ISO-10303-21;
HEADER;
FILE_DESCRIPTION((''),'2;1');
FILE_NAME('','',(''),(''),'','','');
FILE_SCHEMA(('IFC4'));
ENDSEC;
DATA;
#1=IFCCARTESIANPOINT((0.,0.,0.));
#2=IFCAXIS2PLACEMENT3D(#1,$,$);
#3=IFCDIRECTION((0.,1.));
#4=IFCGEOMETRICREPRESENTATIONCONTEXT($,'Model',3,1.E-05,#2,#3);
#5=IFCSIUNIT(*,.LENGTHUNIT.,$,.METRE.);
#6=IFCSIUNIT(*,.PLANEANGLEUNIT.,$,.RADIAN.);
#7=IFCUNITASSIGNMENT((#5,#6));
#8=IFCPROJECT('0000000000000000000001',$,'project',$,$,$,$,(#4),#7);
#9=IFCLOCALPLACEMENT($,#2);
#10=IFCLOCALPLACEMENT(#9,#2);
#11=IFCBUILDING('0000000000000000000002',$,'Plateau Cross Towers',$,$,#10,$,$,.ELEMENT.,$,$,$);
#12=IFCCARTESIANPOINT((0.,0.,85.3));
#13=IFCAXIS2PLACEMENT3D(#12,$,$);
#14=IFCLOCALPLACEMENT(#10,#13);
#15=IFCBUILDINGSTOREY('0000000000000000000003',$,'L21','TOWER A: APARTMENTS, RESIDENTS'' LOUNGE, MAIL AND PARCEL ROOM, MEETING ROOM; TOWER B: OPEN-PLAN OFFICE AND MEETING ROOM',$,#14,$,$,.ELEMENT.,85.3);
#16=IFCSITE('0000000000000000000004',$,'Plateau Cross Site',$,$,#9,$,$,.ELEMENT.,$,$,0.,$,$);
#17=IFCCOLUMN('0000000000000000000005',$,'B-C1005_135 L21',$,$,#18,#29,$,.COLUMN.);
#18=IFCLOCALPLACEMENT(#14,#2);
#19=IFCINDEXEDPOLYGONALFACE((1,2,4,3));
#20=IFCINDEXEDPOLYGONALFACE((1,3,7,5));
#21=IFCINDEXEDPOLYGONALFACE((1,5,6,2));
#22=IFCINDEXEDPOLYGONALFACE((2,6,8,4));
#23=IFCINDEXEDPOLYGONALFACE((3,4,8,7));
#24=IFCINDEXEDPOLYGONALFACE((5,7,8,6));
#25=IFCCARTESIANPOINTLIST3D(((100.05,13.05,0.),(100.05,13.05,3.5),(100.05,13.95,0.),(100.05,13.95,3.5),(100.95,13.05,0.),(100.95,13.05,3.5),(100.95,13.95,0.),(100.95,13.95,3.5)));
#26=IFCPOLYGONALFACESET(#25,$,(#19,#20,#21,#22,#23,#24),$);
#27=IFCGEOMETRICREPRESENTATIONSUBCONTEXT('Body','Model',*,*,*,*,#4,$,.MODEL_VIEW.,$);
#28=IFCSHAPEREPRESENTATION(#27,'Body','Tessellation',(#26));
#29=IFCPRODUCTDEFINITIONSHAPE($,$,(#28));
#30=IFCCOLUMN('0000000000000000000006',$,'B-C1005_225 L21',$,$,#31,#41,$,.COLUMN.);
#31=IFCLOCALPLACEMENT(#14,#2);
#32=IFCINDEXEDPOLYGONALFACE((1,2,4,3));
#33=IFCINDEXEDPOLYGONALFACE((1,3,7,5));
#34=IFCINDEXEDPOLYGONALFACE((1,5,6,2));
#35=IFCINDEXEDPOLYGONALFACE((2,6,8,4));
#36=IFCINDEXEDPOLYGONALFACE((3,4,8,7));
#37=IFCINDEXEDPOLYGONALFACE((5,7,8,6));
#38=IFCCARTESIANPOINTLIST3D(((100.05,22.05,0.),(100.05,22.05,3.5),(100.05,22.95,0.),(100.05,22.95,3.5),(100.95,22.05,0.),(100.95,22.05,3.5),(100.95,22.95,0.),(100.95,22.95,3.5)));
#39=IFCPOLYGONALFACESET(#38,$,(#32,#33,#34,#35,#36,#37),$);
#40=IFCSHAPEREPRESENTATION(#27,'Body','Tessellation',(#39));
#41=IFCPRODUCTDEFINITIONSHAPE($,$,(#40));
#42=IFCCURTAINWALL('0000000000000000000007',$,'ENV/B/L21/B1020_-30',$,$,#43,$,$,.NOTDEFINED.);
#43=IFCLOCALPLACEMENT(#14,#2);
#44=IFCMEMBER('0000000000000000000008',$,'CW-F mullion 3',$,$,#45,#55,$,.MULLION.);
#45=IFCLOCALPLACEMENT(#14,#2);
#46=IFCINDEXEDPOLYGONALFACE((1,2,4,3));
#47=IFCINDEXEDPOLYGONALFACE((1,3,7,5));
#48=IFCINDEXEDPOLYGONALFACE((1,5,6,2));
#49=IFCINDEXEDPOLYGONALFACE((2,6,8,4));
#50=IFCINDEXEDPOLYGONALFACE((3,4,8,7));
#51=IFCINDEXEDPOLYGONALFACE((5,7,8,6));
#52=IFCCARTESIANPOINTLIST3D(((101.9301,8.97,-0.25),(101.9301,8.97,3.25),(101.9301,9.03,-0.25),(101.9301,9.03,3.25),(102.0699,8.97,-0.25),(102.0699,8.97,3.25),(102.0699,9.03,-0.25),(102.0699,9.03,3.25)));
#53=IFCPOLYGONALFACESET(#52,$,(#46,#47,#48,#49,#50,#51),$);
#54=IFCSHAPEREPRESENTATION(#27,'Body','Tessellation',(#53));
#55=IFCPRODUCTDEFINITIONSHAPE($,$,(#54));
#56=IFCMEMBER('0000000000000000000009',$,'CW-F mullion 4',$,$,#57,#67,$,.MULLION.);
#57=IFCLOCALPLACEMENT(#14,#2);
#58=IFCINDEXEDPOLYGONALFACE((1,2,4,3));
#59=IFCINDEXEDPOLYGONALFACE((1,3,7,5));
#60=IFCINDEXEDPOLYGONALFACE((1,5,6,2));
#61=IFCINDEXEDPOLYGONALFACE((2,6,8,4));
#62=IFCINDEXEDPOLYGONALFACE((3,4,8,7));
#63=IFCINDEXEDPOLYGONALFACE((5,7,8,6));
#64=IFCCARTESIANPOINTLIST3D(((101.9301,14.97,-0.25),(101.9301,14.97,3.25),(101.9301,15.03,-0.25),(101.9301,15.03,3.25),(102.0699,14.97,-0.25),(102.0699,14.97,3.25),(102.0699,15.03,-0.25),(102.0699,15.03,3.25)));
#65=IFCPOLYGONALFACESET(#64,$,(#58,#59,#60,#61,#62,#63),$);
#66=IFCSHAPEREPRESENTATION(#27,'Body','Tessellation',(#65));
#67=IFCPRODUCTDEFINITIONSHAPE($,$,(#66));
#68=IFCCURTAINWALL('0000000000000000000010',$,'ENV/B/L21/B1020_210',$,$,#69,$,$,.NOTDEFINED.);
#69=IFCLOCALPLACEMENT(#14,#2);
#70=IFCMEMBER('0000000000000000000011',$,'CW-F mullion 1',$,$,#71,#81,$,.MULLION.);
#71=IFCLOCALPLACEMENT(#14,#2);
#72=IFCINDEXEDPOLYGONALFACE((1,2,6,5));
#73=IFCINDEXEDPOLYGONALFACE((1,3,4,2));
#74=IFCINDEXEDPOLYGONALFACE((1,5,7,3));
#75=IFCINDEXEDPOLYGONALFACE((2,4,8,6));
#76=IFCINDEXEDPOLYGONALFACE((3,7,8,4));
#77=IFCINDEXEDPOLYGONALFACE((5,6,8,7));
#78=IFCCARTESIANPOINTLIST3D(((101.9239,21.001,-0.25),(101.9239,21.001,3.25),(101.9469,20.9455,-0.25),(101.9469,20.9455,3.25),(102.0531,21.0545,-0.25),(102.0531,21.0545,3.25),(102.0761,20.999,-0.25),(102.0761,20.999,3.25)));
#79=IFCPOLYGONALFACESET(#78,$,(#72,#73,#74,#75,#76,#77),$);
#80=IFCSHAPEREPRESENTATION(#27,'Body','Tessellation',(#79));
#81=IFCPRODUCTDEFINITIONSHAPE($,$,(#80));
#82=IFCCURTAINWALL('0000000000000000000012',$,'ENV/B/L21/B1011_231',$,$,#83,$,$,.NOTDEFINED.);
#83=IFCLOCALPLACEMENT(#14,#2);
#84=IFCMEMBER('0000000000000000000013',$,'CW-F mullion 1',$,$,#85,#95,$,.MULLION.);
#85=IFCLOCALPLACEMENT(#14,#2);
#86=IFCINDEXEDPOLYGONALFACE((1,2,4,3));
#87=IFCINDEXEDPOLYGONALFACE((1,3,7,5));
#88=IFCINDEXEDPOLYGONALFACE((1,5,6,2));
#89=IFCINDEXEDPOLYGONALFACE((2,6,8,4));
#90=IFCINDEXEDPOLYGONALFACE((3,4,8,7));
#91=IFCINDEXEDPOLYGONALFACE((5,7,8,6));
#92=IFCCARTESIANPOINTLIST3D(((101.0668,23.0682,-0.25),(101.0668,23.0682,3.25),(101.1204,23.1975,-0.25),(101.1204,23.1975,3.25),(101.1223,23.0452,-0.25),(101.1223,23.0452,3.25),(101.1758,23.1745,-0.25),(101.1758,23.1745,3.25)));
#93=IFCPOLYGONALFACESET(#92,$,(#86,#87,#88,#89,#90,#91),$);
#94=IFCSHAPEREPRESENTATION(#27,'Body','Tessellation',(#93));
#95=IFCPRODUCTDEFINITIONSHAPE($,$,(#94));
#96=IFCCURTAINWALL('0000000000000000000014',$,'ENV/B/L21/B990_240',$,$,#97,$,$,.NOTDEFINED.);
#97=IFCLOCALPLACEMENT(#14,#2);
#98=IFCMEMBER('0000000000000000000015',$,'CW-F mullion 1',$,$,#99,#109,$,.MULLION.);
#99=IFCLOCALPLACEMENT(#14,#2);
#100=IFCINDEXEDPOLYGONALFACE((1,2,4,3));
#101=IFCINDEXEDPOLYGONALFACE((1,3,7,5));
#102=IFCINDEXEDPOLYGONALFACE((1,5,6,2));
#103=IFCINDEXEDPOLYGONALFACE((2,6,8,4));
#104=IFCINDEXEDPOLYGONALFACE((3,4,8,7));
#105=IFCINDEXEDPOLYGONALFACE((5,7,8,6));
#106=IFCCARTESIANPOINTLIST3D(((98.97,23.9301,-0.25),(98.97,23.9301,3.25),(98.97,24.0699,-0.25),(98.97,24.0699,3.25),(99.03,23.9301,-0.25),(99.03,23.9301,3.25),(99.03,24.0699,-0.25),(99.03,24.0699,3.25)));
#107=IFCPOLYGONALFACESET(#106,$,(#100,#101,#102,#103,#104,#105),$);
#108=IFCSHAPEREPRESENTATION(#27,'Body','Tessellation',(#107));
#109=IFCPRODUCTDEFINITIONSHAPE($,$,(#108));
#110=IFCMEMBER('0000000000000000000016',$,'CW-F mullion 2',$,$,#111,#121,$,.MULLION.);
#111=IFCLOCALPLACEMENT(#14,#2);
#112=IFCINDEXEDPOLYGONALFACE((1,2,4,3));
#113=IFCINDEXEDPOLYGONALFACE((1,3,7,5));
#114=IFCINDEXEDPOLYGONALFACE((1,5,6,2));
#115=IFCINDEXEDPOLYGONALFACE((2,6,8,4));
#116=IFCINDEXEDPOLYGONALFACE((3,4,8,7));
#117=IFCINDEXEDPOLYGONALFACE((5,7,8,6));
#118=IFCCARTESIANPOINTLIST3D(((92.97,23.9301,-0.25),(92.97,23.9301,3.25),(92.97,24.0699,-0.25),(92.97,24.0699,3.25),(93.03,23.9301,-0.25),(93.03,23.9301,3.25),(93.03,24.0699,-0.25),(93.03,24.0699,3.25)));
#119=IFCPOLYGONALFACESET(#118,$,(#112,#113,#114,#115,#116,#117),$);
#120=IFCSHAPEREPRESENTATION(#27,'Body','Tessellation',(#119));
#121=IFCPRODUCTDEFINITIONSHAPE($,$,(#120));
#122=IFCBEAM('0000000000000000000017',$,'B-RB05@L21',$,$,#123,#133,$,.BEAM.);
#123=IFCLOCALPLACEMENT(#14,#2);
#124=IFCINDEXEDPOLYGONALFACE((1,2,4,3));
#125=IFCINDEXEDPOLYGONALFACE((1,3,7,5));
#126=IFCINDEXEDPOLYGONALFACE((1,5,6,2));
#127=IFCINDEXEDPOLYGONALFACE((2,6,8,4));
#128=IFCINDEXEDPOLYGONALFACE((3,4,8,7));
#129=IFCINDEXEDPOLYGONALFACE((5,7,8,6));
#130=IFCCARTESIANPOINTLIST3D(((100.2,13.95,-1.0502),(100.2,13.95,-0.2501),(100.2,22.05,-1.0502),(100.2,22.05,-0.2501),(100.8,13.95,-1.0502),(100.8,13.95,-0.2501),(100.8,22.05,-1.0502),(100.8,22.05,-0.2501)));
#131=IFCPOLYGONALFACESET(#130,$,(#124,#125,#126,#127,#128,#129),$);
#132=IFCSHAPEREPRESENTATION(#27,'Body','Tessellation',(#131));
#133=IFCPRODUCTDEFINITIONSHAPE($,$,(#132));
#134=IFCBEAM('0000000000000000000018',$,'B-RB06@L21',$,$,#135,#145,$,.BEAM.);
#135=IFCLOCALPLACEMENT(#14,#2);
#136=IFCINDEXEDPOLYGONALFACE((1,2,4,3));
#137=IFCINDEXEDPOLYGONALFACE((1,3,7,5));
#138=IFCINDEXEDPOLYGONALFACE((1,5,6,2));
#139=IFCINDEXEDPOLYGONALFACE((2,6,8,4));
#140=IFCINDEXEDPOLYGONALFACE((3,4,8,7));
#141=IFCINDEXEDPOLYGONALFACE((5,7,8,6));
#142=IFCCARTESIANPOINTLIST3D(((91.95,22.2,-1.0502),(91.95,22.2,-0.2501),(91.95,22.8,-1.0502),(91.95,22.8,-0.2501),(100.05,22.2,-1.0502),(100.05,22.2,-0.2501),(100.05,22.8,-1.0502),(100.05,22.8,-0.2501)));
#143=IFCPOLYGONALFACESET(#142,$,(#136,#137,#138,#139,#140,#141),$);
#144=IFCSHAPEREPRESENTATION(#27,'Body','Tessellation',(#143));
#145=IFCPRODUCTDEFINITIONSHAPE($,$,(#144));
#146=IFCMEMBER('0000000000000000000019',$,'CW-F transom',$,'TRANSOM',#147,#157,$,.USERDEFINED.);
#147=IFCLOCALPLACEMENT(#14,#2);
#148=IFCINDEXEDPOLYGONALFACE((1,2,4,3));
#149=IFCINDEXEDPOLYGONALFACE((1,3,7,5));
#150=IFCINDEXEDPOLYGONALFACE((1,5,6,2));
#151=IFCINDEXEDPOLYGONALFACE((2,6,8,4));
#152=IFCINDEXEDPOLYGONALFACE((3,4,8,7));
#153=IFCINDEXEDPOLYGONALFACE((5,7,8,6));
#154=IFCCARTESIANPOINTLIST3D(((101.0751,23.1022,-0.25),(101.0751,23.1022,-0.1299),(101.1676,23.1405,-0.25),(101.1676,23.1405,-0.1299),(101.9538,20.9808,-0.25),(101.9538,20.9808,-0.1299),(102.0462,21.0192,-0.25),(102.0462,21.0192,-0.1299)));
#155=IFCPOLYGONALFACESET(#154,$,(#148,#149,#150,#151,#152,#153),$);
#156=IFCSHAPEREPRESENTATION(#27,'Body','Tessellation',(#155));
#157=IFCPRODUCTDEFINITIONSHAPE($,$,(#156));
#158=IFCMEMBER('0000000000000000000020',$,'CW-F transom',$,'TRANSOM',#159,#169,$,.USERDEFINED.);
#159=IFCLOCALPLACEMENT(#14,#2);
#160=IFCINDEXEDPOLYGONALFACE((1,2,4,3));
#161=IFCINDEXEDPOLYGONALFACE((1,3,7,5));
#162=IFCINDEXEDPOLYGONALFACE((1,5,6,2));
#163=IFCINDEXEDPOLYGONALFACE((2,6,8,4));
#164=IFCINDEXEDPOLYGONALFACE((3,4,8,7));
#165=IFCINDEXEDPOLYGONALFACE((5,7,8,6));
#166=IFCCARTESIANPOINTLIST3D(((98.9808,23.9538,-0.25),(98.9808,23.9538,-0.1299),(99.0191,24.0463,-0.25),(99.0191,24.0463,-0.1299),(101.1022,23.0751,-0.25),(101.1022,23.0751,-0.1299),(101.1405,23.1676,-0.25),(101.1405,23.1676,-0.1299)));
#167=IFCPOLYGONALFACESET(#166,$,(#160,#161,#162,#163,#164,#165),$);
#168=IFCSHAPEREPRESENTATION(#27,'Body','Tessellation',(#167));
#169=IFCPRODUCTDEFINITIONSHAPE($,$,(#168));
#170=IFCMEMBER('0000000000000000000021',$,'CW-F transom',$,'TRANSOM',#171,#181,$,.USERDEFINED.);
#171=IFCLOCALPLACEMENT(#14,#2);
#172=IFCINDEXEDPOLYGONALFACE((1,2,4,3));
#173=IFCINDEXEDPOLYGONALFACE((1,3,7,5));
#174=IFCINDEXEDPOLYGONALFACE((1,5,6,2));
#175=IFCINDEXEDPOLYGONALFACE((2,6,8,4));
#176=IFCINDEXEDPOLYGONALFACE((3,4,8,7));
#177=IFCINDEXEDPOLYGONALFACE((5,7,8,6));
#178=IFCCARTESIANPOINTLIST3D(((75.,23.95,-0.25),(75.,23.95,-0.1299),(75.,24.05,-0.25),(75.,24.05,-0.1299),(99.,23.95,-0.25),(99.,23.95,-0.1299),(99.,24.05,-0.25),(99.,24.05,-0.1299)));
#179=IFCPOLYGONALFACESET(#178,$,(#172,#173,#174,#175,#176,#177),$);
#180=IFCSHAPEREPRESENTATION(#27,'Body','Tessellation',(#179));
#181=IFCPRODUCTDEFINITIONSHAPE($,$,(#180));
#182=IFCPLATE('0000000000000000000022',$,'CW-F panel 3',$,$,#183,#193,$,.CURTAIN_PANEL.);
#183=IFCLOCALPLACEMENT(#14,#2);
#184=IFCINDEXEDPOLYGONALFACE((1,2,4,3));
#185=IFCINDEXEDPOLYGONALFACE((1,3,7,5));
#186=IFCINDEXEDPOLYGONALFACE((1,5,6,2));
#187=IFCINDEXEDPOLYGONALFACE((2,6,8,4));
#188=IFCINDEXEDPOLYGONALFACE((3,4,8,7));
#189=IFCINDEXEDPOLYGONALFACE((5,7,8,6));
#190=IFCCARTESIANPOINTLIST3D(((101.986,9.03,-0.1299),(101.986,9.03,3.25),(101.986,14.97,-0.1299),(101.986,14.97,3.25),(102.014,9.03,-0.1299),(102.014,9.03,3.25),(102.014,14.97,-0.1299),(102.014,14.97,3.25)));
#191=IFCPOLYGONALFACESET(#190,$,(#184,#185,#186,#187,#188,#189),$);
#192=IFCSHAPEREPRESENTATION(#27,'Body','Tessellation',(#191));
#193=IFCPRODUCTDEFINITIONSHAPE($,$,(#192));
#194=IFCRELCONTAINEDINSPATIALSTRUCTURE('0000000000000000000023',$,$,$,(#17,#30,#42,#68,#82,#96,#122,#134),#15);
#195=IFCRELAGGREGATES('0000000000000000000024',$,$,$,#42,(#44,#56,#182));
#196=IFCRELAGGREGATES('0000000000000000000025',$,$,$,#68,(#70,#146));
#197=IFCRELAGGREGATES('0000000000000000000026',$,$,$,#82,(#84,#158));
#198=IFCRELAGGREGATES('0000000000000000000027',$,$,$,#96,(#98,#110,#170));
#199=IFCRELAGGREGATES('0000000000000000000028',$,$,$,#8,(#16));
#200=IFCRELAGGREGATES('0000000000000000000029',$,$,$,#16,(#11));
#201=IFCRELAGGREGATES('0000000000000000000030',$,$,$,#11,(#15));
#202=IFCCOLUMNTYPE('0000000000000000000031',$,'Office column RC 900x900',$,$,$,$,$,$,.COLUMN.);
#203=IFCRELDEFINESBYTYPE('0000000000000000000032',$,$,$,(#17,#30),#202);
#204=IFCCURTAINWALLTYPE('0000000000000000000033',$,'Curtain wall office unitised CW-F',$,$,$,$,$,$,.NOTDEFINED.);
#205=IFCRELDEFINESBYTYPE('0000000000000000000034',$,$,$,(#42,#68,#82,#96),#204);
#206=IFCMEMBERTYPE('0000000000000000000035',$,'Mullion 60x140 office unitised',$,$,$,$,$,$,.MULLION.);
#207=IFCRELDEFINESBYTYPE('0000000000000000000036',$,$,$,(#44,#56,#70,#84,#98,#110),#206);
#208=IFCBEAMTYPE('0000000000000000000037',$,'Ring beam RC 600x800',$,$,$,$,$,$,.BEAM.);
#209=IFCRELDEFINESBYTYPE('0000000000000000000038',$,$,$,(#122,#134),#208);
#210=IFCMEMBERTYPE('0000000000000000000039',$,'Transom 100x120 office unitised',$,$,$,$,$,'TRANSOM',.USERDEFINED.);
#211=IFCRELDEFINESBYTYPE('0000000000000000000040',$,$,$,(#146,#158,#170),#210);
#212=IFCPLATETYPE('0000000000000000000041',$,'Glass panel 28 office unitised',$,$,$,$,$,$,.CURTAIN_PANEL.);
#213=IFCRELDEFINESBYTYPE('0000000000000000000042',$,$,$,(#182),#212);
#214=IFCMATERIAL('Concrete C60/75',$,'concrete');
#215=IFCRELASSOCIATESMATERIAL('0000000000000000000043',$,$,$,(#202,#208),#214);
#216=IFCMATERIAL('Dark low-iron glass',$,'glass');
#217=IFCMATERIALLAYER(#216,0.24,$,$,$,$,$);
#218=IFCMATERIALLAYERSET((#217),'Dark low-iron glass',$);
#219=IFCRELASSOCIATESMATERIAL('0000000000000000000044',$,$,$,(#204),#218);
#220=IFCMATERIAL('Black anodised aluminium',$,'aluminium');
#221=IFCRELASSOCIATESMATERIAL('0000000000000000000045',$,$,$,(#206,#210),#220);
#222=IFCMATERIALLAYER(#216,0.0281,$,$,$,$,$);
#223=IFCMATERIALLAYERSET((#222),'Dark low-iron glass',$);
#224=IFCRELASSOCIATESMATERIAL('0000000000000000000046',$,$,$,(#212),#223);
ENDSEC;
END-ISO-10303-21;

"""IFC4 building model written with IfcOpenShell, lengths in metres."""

from ifc_helpers import new_model, si_unit, direction, frame, origin, origin_2d, place, context, subcontext, project, spatial, rectangle, extrude, material, layer, layer_set, material_profile, profile_set, type_object, element, aggregate, save


model = new_model("IFC4")

# Units and contexts
model_context = context("Model", 3, precision=1e-05, world=origin(), true_north=direction((0.0, 1.0)))
body_context = subcontext(model_context, "Body", "Model", "MODEL_VIEW")
ifc_project = project(units=[si_unit("LENGTHUNIT", "METRE"), si_unit("PLANEANGLEUNIT", "RADIAN")], contexts=[model_context])

# Site, building, storey
site_placement = place(None, origin())
site = spatial("IfcSite", under=ifc_project, at=site_placement, Name="Plateau Cross Site", CompositionType="ELEMENT", RefElevation=0.0)
building_placement = place(site_placement, origin())
building = spatial("IfcBuilding", under=site, at=building_placement, Name="Plateau Cross Towers", CompositionType="ELEMENT")
storey_placement = place(building_placement, frame((0.0, 0.0, 85.3)))
storey = spatial("IfcBuildingStorey", under=building, at=storey_placement, Name="L21", Description="TOWER A: APARTMENTS, RESIDENTS' LOUNGE, MAIL AND PARCEL ROOM, MEETING ROOM; TOWER B: OPEN-PLAN OFFICE AND MEETING ROOM", CompositionType="ELEMENT", Elevation=85.3)

# Columns
ifc_material_1 = material(Name="Concrete C60/75", Category="concrete")
ifc_material_profile_1 = material_profile(ifc_material_1, rectangle(XDim=0.8999, YDim=0.8999, at=origin_2d()), Name="RC 900x900")
ifc_profile_set_1 = profile_set([ifc_material_profile_1], Name="Concrete C60/75")
column_type = type_object("IfcColumnType", Name="Office column RC 900x900", PredefinedType="COLUMN", material=ifc_profile_set_1)
for number, where, z_axis, x_axis, name in (
    (1, (100.5, 13.5, 0.0), (0.0, 0.0, 1.0), (1.0, 0.0, 0.0), "B-C1005_135 L21"),
    (2, (100.5, 22.5, 0.0), (0.0, 0.0, 1.0), (1.0, 0.0, 0.0), "B-C1005_225 L21"),
):
    element("IfcColumn", number, at=place(storey_placement, frame(where, z_axis=z_axis, x_axis=x_axis)), inside=storey, type_object=column_type, Name=name, PredefinedType="COLUMN", context=body_context, shape_type="SweptSolid", body=[
        extrude(rectangle(XDim=0.8999, YDim=0.8999, at=origin_2d()), origin(), (0.0, 0.0, 1.0), 3.5),
    ])

# Curtain wall, members
ifc_material_2 = material(Name="Dark low-iron glass", Category="glass")
ifc_layer_1 = layer(ifc_material_2, 0.24)
ifc_layer_set_1 = layer_set([ifc_layer_1], Name="Dark low-iron glass")
curtain_wall_type = type_object("IfcCurtainWallType", Name="Curtain wall office unitised CW-F", PredefinedType="NOTDEFINED", material=ifc_layer_set_1)
curtain_wall_1_placement = place(storey_placement, origin())
curtain_wall_1 = element("IfcCurtainWall", 3, at=curtain_wall_1_placement, inside=storey, type_object=curtain_wall_type, Name="ENV/B/L21/B1020_-30", PredefinedType="NOTDEFINED")
ifc_material_3 = material(Name="Black anodised aluminium", Category="aluminium")
ifc_material_profile_2 = material_profile(ifc_material_3, rectangle(XDim=0.0601, YDim=0.1399, at=origin_2d()), Name="MULLION 60x140")
ifc_profile_set_2 = profile_set([ifc_material_profile_2], Name="Black anodised aluminium")
member_type_1 = type_object("IfcMemberType", Name="Mullion 60x140 office unitised", PredefinedType="MULLION", material=ifc_profile_set_2)
member_1_placement = place(storey_placement, frame((102.0, 9.0, -0.25), z_axis=(0.0, 0.0, 1.0), x_axis=(0.0, 1.0, 0.0)))
member_1 = element("IfcMember", 4, at=member_1_placement, type_object=member_type_1, Name="CW-F mullion 3", PredefinedType="MULLION", context=body_context, shape_type="SweptSolid", body=[
    extrude(rectangle(XDim=0.0601, YDim=0.1399, at=origin_2d()), origin(), (0.0, 0.0, 1.0), 3.5),
])
member_2_placement = place(storey_placement, frame((102.0, 15.0, -0.25), z_axis=(0.0, 0.0, 1.0), x_axis=(0.0, 1.0, 0.0)))
member_2 = element("IfcMember", 5, at=member_2_placement, type_object=member_type_1, Name="CW-F mullion 4", PredefinedType="MULLION", context=body_context, shape_type="SweptSolid", body=[
    extrude(rectangle(XDim=0.0601, YDim=0.1399, at=origin_2d()), origin(), (0.0, 0.0, 1.0), 3.5),
])

# Curtain walls, members
curtain_wall_2_placement = place(storey_placement, origin())
curtain_wall_2 = element("IfcCurtainWall", 6, at=curtain_wall_2_placement, inside=storey, type_object=curtain_wall_type, Name="ENV/B/L21/B1020_210", PredefinedType="NOTDEFINED")
member_3_placement = place(storey_placement, frame((102.0, 21.0, -0.25), z_axis=(0.0, 0.0, 1.0), x_axis=(-0.382684, 0.923879, 0.0)))
member_3 = element("IfcMember", 7, at=member_3_placement, type_object=member_type_1, Name="CW-F mullion 1", PredefinedType="MULLION", context=body_context, shape_type="SweptSolid", body=[
    extrude(rectangle(XDim=0.0601, YDim=0.1399, at=origin_2d()), origin(), (0.0, 0.0, 1.0), 3.5),
])
curtain_wall_3_placement = place(storey_placement, origin())
curtain_wall_3 = element("IfcCurtainWall", 8, at=curtain_wall_3_placement, inside=storey, type_object=curtain_wall_type, Name="ENV/B/L21/B1011_231", PredefinedType="NOTDEFINED")
member_4_placement = place(storey_placement, frame((101.1213, 23.1213, -0.25), z_axis=(0.0, 0.0, 1.0), x_axis=(-0.923879, 0.382684, 0.0)))
member_4 = element("IfcMember", 9, at=member_4_placement, type_object=member_type_1, Name="CW-F mullion 1", PredefinedType="MULLION", context=body_context, shape_type="SweptSolid", body=[
    extrude(rectangle(XDim=0.0601, YDim=0.1399, at=origin_2d()), origin(), (0.0, 0.0, 1.0), 3.5),
])

# Curtain wall, members
curtain_wall_4_placement = place(storey_placement, origin())
curtain_wall_4 = element("IfcCurtainWall", 10, at=curtain_wall_4_placement, inside=storey, type_object=curtain_wall_type, Name="ENV/B/L21/B990_240", PredefinedType="NOTDEFINED")
member_5_placement = place(storey_placement, frame((99.0, 24.0, -0.25), z_axis=(0.0, 0.0, 1.0), x_axis=(-1.0, 0.0, 0.0)))
member_5 = element("IfcMember", 11, at=member_5_placement, type_object=member_type_1, Name="CW-F mullion 1", PredefinedType="MULLION", context=body_context, shape_type="SweptSolid", body=[
    extrude(rectangle(XDim=0.0601, YDim=0.1399, at=origin_2d()), origin(), (0.0, 0.0, 1.0), 3.5),
])
member_6_placement = place(storey_placement, frame((93.0, 24.0, -0.25), z_axis=(0.0, 0.0, 1.0), x_axis=(-1.0, 0.0, 0.0)))
member_6 = element("IfcMember", 12, at=member_6_placement, type_object=member_type_1, Name="CW-F mullion 2", PredefinedType="MULLION", context=body_context, shape_type="SweptSolid", body=[
    extrude(rectangle(XDim=0.0601, YDim=0.1399, at=origin_2d()), origin(), (0.0, 0.0, 1.0), 3.5),
])

# Beams
ifc_material_profile_3 = material_profile(ifc_material_1, rectangle(XDim=0.6001, YDim=0.8, at=origin_2d()), Name="RC 600x800")
ifc_profile_set_3 = profile_set([ifc_material_profile_3], Name="Concrete C60/75")
beam_type = type_object("IfcBeamType", Name="Ring beam RC 600x800", PredefinedType="BEAM", material=ifc_profile_set_3)
for number, where, z_axis, x_axis, name in (
    (13, (100.5, 13.95, -0.6501), (0.0, 1.0, 0.0), (-1.0, 0.0, 0.0), "B-RB05@L21"),
    (14, (100.05, 22.5, -0.6501), (-1.0, 0.0, 0.0), (0.0, -1.0, 0.0), "B-RB06@L21"),
):
    element("IfcBeam", number, at=place(storey_placement, frame(where, z_axis=z_axis, x_axis=x_axis)), inside=storey, type_object=beam_type, Name=name, PredefinedType="BEAM", context=body_context, shape_type="SweptSolid", body=[
        extrude(rectangle(XDim=0.6001, YDim=0.8, at=origin_2d()), origin(), (0.0, 0.0, 1.0), 8.1001),
    ])

# Members
ifc_material_profile_4 = material_profile(ifc_material_3, rectangle(XDim=0.1001, YDim=0.1201, at=origin_2d()), Name="TRANSOM 100x120")
ifc_profile_set_4 = profile_set([ifc_material_profile_4], Name="Black anodised aluminium")
member_type_2 = type_object("IfcMemberType", Name="Transom 100x120 office unitised", ElementType="TRANSOM", PredefinedType="USERDEFINED", material=ifc_profile_set_4)
member_7_placement = place(storey_placement, frame((102.0, 21.0, -0.1899), z_axis=(-0.382674, 0.923883, 0.0), x_axis=(-0.923883, -0.382674, 0.0)))
member_7 = element("IfcMember", 15, at=member_7_placement, type_object=member_type_2, Name="CW-F transom", ObjectType="TRANSOM", PredefinedType="USERDEFINED", context=body_context, shape_type="SweptSolid", body=[
    extrude(rectangle(XDim=0.1001, YDim=0.1201, at=origin_2d()), origin(), (0.0, 0.0, 1.0), 2.2961),
])
member_8_placement = place(storey_placement, frame((101.1213, 23.1213, -0.1899), z_axis=(-0.923883, 0.382674, 0.0), x_axis=(-0.382674, -0.923883, 0.0)))
member_8 = element("IfcMember", 16, at=member_8_placement, type_object=member_type_2, Name="CW-F transom", ObjectType="TRANSOM", PredefinedType="USERDEFINED", context=body_context, shape_type="SweptSolid", body=[
    extrude(rectangle(XDim=0.1001, YDim=0.1201, at=origin_2d()), origin(), (0.0, 0.0, 1.0), 2.2961),
])
member_9_placement = place(storey_placement, frame((99.0, 24.0, -0.1899), z_axis=(-1.0, 0.0, 0.0), x_axis=(0.0, -1.0, 0.0)))
member_9 = element("IfcMember", 17, at=member_9_placement, type_object=member_type_2, Name="CW-F transom", ObjectType="TRANSOM", PredefinedType="USERDEFINED", context=body_context, shape_type="SweptSolid", body=[
    extrude(rectangle(XDim=0.1001, YDim=0.1201, at=origin_2d()), origin(), (0.0, 0.0, 1.0), 24.0),
])

# Plate
ifc_layer_2 = layer(ifc_material_2, 0.0281)
ifc_layer_set_2 = layer_set([ifc_layer_2], Name="Dark low-iron glass")
plate_type = type_object("IfcPlateType", Name="Glass panel 28 office unitised", PredefinedType="CURTAIN_PANEL", material=ifc_layer_set_2)
plate_1_placement = place(storey_placement, frame((102.0, 12.0, -0.1299), z_axis=(0.0, 0.0, 1.0), x_axis=(0.0, 1.0, 0.0)))
plate_1 = element("IfcPlate", 18, at=plate_1_placement, type_object=plate_type, Name="CW-F panel 3", PredefinedType="CURTAIN_PANEL", context=body_context, shape_type="SweptSolid", body=[
    extrude(rectangle(XDim=5.9399, YDim=0.0281, at=origin_2d()), origin(), (0.0, 0.0, 1.0), 3.3799),
])
aggregate(curtain_wall_1, [member_1, member_2, plate_1])
aggregate(curtain_wall_2, [member_3, member_7])
aggregate(curtain_wall_3, [member_4, member_8])
aggregate(curtain_wall_4, [member_5, member_6, member_9])

save(model, "model.ifc")
